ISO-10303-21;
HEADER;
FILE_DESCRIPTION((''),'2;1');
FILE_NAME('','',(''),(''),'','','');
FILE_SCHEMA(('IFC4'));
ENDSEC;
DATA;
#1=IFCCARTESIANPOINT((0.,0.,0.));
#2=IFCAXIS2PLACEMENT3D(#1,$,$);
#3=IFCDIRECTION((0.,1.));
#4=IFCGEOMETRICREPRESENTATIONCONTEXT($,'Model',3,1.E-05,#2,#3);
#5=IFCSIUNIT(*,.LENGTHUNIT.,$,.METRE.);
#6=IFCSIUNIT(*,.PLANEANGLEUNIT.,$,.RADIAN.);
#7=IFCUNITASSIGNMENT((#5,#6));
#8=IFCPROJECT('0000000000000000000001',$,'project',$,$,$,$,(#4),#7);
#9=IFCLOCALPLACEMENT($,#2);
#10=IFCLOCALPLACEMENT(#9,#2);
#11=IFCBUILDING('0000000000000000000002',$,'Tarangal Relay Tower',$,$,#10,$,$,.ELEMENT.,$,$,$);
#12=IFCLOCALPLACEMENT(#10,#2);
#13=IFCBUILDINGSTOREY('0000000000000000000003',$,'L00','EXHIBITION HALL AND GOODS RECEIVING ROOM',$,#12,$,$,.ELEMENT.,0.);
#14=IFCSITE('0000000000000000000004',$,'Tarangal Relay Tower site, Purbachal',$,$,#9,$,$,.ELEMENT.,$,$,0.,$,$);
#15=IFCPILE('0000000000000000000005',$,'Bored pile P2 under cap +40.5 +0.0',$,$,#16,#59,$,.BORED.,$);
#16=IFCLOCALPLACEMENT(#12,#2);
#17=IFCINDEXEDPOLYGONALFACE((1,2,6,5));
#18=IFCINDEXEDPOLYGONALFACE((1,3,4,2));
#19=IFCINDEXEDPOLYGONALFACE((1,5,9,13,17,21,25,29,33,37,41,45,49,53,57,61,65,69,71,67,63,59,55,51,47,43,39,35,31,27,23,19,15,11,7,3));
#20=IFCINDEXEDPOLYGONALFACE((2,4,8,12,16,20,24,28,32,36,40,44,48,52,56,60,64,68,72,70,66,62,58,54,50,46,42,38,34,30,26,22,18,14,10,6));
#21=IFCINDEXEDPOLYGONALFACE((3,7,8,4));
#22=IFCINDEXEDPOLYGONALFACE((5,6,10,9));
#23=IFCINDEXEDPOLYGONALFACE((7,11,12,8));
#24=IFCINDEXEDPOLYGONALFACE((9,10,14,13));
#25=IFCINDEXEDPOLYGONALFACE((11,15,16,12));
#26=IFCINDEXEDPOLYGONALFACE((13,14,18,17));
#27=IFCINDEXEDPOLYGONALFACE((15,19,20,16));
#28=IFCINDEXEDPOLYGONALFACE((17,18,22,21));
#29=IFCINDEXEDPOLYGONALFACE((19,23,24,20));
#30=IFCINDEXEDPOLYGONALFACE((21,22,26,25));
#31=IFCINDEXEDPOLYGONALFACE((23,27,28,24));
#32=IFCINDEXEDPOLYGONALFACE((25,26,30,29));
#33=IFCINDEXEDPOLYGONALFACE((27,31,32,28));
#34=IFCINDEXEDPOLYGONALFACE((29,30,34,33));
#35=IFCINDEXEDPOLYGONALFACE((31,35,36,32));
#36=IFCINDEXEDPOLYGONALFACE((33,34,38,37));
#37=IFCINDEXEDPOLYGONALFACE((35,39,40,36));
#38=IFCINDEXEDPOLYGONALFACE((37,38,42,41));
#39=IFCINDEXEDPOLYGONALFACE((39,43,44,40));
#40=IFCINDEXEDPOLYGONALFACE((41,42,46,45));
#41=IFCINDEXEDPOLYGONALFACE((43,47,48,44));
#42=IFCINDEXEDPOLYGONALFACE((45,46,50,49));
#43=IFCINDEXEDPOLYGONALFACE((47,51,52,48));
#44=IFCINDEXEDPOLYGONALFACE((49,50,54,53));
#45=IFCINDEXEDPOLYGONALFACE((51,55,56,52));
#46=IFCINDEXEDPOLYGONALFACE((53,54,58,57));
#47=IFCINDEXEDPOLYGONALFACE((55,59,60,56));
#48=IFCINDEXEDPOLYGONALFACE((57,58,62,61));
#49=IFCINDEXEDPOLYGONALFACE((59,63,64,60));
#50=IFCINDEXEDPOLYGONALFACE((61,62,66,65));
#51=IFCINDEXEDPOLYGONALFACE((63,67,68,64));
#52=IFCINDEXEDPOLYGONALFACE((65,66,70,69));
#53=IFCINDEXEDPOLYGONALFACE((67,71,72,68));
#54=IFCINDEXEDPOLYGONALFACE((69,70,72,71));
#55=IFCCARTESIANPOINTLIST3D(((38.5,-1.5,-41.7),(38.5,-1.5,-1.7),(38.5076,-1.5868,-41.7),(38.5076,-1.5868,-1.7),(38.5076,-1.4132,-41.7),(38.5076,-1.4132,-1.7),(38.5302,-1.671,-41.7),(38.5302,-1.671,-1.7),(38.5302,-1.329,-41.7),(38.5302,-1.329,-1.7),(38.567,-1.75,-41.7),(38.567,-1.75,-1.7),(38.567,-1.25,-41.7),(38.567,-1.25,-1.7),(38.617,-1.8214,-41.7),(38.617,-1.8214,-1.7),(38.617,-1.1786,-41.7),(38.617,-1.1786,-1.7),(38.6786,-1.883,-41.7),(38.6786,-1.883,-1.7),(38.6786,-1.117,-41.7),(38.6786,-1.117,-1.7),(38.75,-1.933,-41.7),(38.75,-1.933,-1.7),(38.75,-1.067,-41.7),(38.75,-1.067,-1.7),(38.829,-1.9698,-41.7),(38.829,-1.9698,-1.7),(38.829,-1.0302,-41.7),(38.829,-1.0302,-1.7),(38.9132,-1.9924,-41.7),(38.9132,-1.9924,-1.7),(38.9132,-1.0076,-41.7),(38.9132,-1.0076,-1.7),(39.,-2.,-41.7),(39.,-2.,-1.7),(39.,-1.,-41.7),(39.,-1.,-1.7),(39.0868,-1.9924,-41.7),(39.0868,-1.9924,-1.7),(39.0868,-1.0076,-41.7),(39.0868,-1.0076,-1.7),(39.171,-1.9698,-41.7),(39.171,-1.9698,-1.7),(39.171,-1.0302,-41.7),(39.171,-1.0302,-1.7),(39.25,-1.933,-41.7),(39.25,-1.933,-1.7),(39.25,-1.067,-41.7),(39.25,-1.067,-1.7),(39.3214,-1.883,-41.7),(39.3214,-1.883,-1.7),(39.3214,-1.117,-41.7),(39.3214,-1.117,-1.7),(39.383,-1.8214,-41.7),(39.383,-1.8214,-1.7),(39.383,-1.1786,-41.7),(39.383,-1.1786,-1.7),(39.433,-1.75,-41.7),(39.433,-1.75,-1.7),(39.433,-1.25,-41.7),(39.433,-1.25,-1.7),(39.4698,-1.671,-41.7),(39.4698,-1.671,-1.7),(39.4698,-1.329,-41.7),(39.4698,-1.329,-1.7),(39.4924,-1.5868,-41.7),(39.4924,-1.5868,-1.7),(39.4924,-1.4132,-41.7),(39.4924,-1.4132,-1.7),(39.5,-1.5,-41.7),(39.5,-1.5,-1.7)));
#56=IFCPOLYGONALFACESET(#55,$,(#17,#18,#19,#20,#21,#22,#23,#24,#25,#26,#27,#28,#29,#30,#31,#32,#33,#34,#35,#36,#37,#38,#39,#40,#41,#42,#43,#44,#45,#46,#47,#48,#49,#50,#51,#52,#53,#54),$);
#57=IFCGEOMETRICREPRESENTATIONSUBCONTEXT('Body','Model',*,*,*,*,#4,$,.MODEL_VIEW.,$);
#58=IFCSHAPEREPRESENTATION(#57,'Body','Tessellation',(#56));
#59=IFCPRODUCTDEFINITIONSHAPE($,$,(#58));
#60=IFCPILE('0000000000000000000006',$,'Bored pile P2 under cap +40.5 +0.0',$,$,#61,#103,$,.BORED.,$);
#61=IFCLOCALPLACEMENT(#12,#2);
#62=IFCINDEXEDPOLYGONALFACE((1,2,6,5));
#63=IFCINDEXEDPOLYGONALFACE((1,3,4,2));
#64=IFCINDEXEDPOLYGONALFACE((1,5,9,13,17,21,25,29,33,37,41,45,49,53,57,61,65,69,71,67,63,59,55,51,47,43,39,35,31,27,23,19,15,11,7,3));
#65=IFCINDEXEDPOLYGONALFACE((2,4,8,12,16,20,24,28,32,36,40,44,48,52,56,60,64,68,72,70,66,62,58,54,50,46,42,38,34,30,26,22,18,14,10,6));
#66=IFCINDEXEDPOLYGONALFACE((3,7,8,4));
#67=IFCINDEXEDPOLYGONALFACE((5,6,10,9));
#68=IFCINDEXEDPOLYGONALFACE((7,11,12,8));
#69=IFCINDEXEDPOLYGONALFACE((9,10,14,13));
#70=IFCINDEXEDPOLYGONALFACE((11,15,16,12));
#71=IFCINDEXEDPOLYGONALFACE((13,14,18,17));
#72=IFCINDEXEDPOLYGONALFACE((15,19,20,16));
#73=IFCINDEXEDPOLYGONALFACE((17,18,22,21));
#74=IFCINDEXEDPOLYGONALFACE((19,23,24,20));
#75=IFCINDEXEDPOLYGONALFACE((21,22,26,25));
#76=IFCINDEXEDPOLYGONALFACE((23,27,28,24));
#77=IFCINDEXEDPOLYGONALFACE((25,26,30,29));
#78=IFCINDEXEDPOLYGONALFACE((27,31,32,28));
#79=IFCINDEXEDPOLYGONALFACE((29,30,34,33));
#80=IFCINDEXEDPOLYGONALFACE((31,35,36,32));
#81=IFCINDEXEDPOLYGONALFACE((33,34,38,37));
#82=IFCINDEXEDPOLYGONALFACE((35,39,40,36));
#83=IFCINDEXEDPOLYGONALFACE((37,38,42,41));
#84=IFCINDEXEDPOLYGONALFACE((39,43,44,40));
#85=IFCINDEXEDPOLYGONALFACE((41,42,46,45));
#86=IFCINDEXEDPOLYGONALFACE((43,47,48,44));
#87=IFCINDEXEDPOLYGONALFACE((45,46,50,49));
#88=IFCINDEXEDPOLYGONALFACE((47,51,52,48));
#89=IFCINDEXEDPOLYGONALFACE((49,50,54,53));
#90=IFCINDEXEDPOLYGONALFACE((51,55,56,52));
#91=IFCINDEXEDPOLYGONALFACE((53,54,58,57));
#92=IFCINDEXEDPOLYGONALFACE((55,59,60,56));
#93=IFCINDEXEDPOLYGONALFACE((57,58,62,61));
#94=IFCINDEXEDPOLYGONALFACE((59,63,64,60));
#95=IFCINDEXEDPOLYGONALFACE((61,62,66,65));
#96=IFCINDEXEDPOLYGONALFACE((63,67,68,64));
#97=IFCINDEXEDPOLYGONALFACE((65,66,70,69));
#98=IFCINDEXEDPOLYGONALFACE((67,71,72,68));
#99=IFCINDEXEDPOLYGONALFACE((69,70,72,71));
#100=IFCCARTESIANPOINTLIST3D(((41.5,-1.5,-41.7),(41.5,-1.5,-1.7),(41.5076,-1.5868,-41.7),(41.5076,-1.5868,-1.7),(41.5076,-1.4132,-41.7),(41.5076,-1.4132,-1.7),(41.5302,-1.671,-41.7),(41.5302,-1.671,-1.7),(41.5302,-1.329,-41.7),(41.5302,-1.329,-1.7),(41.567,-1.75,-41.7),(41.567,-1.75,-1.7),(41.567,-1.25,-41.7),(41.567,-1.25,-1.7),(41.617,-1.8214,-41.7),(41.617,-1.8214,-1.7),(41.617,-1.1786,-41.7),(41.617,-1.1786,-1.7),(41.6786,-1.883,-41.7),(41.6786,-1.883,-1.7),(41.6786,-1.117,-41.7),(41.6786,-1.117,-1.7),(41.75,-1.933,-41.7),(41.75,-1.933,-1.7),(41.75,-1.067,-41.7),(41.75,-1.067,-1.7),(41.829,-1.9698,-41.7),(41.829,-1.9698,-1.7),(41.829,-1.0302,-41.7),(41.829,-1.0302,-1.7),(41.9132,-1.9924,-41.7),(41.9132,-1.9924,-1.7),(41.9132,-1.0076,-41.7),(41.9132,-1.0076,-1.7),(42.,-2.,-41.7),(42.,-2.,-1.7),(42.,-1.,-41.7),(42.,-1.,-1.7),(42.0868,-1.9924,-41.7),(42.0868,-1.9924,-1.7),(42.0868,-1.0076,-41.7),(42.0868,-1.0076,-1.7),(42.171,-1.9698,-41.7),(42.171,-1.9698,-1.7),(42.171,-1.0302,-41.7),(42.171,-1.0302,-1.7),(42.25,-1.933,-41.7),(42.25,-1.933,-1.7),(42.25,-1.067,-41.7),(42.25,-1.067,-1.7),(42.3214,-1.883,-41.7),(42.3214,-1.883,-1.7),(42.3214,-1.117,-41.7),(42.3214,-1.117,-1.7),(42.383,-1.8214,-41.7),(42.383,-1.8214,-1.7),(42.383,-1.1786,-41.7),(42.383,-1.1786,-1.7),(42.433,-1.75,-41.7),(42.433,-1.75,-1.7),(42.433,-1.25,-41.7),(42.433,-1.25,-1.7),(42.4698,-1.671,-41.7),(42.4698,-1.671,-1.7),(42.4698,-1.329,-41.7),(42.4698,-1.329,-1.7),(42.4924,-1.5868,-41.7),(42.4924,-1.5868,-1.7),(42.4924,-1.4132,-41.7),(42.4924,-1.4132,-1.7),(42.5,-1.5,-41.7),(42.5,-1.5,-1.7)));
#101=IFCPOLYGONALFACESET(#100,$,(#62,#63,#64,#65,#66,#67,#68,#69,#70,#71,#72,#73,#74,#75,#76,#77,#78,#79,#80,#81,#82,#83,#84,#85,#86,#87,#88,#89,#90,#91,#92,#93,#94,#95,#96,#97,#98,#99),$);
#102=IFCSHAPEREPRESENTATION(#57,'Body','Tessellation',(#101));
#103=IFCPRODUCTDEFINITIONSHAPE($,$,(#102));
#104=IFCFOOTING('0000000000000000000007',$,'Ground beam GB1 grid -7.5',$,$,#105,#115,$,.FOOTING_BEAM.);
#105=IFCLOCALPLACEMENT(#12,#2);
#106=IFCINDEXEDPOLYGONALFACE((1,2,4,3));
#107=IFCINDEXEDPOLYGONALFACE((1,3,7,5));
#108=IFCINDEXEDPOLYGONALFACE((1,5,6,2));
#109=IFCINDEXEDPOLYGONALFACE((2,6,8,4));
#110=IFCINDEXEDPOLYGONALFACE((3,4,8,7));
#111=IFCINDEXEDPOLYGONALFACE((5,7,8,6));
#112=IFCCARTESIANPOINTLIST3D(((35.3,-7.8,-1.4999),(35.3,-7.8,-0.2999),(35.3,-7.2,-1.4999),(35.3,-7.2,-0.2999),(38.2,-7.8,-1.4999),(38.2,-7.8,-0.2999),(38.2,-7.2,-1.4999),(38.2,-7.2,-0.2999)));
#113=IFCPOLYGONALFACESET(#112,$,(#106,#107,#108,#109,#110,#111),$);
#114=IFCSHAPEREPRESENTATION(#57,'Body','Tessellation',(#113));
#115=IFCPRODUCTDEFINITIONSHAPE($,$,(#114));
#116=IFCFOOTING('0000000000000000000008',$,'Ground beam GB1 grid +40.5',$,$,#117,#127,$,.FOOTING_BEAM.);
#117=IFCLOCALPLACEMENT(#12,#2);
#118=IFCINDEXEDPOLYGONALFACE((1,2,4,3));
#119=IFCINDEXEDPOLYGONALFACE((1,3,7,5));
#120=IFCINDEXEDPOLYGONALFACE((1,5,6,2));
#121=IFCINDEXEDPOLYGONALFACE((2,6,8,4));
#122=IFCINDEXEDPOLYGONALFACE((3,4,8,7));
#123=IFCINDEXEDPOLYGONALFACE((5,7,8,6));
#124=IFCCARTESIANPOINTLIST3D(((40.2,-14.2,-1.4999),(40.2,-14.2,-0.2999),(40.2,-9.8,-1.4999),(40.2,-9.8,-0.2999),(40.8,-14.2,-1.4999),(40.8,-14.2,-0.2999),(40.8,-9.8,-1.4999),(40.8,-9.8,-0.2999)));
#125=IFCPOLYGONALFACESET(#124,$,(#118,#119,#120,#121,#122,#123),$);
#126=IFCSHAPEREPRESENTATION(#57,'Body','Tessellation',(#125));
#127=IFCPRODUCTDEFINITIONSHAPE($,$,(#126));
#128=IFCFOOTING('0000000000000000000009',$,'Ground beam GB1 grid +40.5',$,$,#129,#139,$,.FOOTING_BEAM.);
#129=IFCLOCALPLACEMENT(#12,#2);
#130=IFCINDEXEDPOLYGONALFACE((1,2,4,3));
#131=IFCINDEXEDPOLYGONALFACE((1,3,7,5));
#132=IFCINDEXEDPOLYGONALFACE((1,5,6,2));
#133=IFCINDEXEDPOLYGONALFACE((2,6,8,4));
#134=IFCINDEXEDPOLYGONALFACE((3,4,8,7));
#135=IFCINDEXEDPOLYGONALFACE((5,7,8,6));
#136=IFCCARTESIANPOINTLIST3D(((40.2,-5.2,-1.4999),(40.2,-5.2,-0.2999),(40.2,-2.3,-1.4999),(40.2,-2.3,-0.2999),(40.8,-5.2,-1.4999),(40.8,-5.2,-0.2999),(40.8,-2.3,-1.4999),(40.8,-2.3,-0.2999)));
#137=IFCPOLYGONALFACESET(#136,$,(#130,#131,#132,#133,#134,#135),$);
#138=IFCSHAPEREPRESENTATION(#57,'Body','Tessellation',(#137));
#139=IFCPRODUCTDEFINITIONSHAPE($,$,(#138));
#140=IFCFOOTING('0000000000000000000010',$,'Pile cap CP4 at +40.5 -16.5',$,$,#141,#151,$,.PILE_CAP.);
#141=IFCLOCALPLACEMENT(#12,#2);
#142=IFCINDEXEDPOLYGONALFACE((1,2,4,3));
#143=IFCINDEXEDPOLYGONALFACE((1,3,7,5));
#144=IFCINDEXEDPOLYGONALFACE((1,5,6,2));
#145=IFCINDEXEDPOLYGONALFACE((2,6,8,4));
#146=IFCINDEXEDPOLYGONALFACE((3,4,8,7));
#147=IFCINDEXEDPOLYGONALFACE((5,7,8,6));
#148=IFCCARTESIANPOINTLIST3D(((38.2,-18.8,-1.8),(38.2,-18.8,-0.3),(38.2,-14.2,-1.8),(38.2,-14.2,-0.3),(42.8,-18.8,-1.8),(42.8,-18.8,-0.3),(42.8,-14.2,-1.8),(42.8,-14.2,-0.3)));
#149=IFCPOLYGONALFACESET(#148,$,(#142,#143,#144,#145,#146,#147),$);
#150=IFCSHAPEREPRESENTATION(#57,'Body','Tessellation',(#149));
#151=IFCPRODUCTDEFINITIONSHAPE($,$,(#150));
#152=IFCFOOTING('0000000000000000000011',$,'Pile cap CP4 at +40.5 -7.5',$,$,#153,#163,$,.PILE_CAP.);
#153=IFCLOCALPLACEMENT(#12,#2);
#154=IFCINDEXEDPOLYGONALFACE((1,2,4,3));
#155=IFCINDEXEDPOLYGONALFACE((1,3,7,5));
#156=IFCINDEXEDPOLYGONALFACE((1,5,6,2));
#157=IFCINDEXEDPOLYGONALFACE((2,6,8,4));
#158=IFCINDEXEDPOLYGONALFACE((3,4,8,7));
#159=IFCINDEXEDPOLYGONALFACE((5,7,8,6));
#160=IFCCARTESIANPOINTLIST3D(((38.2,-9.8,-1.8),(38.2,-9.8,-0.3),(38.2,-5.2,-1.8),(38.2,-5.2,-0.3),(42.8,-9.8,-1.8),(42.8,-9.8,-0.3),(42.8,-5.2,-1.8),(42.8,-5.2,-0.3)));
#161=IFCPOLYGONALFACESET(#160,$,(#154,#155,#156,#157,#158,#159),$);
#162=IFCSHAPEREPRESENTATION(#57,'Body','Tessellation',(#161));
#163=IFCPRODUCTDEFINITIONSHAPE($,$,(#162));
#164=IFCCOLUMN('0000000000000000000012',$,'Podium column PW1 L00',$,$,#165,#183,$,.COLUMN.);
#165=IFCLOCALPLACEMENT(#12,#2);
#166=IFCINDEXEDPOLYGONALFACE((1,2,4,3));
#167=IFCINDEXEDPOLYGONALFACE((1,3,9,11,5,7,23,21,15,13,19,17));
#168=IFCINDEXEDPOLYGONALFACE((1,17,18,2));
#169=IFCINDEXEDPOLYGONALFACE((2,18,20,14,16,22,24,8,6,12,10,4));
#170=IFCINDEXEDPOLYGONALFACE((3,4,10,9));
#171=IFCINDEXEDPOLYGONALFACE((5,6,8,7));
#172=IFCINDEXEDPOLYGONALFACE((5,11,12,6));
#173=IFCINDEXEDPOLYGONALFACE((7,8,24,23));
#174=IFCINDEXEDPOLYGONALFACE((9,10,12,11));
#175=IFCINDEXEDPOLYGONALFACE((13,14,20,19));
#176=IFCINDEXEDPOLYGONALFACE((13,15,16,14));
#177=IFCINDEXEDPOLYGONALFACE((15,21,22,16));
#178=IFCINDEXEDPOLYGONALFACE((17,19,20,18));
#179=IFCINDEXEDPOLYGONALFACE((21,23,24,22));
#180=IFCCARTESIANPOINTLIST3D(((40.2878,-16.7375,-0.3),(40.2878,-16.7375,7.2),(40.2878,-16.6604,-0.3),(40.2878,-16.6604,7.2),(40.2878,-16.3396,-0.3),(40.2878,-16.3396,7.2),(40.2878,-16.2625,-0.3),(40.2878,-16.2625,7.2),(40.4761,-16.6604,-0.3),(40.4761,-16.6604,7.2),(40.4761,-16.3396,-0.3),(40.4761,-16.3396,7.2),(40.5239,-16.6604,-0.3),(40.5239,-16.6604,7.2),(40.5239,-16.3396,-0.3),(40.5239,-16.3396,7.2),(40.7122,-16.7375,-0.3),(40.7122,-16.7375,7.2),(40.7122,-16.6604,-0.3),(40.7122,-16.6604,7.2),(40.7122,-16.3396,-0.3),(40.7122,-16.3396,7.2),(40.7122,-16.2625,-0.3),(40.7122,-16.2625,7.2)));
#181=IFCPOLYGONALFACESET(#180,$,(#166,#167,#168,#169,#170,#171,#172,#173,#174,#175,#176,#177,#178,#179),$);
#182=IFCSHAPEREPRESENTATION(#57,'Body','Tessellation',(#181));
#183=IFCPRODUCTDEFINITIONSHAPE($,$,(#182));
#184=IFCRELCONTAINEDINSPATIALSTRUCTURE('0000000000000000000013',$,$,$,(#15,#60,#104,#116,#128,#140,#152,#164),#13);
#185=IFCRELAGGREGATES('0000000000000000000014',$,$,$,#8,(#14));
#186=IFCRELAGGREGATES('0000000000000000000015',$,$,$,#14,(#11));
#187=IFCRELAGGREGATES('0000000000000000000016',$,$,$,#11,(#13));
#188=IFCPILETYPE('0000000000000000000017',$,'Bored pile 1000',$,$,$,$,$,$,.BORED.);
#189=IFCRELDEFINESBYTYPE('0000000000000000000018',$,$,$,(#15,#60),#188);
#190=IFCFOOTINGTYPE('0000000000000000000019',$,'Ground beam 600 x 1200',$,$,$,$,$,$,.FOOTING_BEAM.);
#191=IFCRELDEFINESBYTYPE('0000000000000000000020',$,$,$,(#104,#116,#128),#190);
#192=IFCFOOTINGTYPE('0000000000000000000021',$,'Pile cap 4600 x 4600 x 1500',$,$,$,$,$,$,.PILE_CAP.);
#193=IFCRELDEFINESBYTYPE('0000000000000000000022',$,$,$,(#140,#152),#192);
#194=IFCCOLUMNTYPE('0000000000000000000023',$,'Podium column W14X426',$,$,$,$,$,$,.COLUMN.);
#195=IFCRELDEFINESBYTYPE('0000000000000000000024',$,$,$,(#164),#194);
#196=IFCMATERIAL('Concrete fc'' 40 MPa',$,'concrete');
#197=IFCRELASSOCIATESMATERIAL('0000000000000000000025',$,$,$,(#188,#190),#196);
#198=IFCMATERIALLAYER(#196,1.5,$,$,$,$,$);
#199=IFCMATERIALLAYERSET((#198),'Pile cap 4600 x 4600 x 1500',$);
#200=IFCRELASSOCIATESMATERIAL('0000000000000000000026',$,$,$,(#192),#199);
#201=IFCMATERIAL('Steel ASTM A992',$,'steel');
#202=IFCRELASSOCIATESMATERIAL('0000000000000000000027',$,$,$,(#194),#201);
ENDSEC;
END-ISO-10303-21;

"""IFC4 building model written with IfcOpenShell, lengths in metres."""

from ifc_helpers import new_model, si_unit, direction, frame, origin, origin_2d, place, context, subcontext, project, spatial, rectangle, circle, i_section, extrude, material, layer, layer_set, material_profile, profile_set, type_object, element, save


model = new_model("IFC4")

# Units and contexts
model_context = context("Model", 3, precision=1e-05, world=origin(), true_north=direction((0.0, 1.0)))
body_context = subcontext(model_context, "Body", "Model", "MODEL_VIEW")
ifc_project = project(units=[si_unit("LENGTHUNIT", "METRE"), si_unit("PLANEANGLEUNIT", "RADIAN")], contexts=[model_context])

# Site, building, storey
site_placement = place(None, origin())
site = spatial("IfcSite", under=ifc_project, at=site_placement, Name="Tarangal Relay Tower site, Purbachal", CompositionType="ELEMENT", RefElevation=0.0)
building_placement = place(site_placement, origin())
building = spatial("IfcBuilding", under=site, at=building_placement, Name="Tarangal Relay Tower", CompositionType="ELEMENT")
storey_placement = place(building_placement, origin())
storey = spatial("IfcBuildingStorey", under=building, at=storey_placement, Name="L00", Description="EXHIBITION HALL AND GOODS RECEIVING ROOM", CompositionType="ELEMENT", Elevation=0.0)

# Piles
ifc_material_1 = material(Name="Concrete fc' 40 MPa", Category="concrete")
ifc_material_profile_1 = material_profile(ifc_material_1, circle(Radius=0.5, at=origin_2d()), Name="D1000")
ifc_profile_set_1 = profile_set([ifc_material_profile_1], Name="Concrete fc' 40 MPa")
pile_type = type_object("IfcPileType", Name="Bored pile 1000", PredefinedType="BORED", material=ifc_profile_set_1)
for number, where, z_axis, x_axis, name in (
    (1, (39.0, -1.5, -1.7), (0.0, 0.0, -1.0), (1.0, 0.0, 0.0), "Bored pile P2 under cap +40.5 +0.0"),
    (2, (42.0, -1.5, -1.7), (0.0, 0.0, -1.0), (1.0, 0.0, 0.0), "Bored pile P2 under cap +40.5 +0.0"),
):
    element("IfcPile", number, at=place(storey_placement, frame(where, z_axis=z_axis, x_axis=x_axis)), inside=storey, type_object=pile_type, Name=name, PredefinedType="BORED", context=body_context, shape_type="SweptSolid", body=[
        extrude(circle(Radius=0.5, at=origin_2d()), origin(), (0.0, 0.0, 1.0), 40.0),
    ])

# Footings
ifc_material_profile_2 = material_profile(ifc_material_1, rectangle(XDim=0.6001, YDim=1.2, at=origin_2d()), Name="GB 600X1200")
ifc_profile_set_2 = profile_set([ifc_material_profile_2], Name="Concrete fc' 40 MPa")
footing_type_1 = type_object("IfcFootingType", Name="Ground beam 600 x 1200", PredefinedType="FOOTING_BEAM", material=ifc_profile_set_2)
footing_1_placement = place(storey_placement, frame((35.3, -7.5, -0.8999), z_axis=(1.0, 0.0, 0.0), x_axis=(0.0, 1.0, 0.0)))
element("IfcFooting", 3, at=footing_1_placement, inside=storey, type_object=footing_type_1, Name="Ground beam GB1 grid -7.5", PredefinedType="FOOTING_BEAM", context=body_context, shape_type="SweptSolid", body=[
    extrude(rectangle(XDim=0.6001, YDim=1.2, at=origin_2d()), origin(), (0.0, 0.0, 1.0), 2.8999),
])
footing_2_placement = place(storey_placement, frame((40.5, -14.2, -0.8999), z_axis=(0.0, 1.0, 0.0), x_axis=(-1.0, 0.0, 0.0)))
element("IfcFooting", 4, at=footing_2_placement, inside=storey, type_object=footing_type_1, Name="Ground beam GB1 grid +40.5", PredefinedType="FOOTING_BEAM", context=body_context, shape_type="SweptSolid", body=[
    extrude(rectangle(XDim=0.6001, YDim=1.2, at=origin_2d()), origin(), (0.0, 0.0, 1.0), 4.3999),
])
footing_3_placement = place(storey_placement, frame((40.5, -5.2, -0.8999), z_axis=(0.0, 1.0, 0.0), x_axis=(-1.0, 0.0, 0.0)))
element("IfcFooting", 5, at=footing_3_placement, inside=storey, type_object=footing_type_1, Name="Ground beam GB1 grid +40.5", PredefinedType="FOOTING_BEAM", context=body_context, shape_type="SweptSolid", body=[
    extrude(rectangle(XDim=0.6001, YDim=1.2, at=origin_2d()), origin(), (0.0, 0.0, 1.0), 2.8999),
])
ifc_layer = layer(ifc_material_1, 1.5)
ifc_layer_set = layer_set([ifc_layer], Name="Pile cap 4600 x 4600 x 1500")
footing_type_2 = type_object("IfcFootingType", Name="Pile cap 4600 x 4600 x 1500", PredefinedType="PILE_CAP", material=ifc_layer_set)
for number, where, z_axis, x_axis, name in (
    (6, (40.5, -16.5, -1.8), (0.0, 0.0, 1.0), (1.0, 0.0, 0.0), "Pile cap CP4 at +40.5 -16.5"),
    (7, (40.5, -7.5, -1.8), (0.0, 0.0, 1.0), (1.0, 0.0, 0.0), "Pile cap CP4 at +40.5 -7.5"),
):
    element("IfcFooting", number, at=place(storey_placement, frame(where, z_axis=z_axis, x_axis=x_axis)), inside=storey, type_object=footing_type_2, Name=name, PredefinedType="PILE_CAP", context=body_context, shape_type="SweptSolid", body=[
        extrude(rectangle(XDim=4.6001, YDim=4.6001, at=origin_2d()), origin(), (0.0, 0.0, 1.0), 1.5),
    ])

# Column
ifc_material_2 = material(Name="Steel ASTM A992", Category="steel")
ifc_material_profile_3 = material_profile(ifc_material_2, i_section(OverallWidth=0.4243, OverallDepth=0.4751, WebThickness=0.0479, FlangeThickness=0.0771, at=origin_2d()), Name="W14X426")
ifc_profile_set_3 = profile_set([ifc_material_profile_3], Name="Steel ASTM A992")
column_type = type_object("IfcColumnType", Name="Podium column W14X426", PredefinedType="COLUMN", material=ifc_profile_set_3)
for number, where, z_axis, x_axis, name in (
    (8, (40.5, -16.5, -0.3), (0.0, 0.0, 1.0), (1.0, 0.0, 0.0), "Podium column PW1 L00"),
):
    element("IfcColumn", number, at=place(storey_placement, frame(where, z_axis=z_axis, x_axis=x_axis)), inside=storey, type_object=column_type, Name=name, PredefinedType="COLUMN", context=body_context, shape_type="SweptSolid", body=[
        extrude(i_section(OverallWidth=0.4243, OverallDepth=0.4751, WebThickness=0.0479, FlangeThickness=0.0771, at=origin_2d()), origin(), (0.0, 0.0, 1.0), 7.5),
    ])

save(model, "model.ifc")
